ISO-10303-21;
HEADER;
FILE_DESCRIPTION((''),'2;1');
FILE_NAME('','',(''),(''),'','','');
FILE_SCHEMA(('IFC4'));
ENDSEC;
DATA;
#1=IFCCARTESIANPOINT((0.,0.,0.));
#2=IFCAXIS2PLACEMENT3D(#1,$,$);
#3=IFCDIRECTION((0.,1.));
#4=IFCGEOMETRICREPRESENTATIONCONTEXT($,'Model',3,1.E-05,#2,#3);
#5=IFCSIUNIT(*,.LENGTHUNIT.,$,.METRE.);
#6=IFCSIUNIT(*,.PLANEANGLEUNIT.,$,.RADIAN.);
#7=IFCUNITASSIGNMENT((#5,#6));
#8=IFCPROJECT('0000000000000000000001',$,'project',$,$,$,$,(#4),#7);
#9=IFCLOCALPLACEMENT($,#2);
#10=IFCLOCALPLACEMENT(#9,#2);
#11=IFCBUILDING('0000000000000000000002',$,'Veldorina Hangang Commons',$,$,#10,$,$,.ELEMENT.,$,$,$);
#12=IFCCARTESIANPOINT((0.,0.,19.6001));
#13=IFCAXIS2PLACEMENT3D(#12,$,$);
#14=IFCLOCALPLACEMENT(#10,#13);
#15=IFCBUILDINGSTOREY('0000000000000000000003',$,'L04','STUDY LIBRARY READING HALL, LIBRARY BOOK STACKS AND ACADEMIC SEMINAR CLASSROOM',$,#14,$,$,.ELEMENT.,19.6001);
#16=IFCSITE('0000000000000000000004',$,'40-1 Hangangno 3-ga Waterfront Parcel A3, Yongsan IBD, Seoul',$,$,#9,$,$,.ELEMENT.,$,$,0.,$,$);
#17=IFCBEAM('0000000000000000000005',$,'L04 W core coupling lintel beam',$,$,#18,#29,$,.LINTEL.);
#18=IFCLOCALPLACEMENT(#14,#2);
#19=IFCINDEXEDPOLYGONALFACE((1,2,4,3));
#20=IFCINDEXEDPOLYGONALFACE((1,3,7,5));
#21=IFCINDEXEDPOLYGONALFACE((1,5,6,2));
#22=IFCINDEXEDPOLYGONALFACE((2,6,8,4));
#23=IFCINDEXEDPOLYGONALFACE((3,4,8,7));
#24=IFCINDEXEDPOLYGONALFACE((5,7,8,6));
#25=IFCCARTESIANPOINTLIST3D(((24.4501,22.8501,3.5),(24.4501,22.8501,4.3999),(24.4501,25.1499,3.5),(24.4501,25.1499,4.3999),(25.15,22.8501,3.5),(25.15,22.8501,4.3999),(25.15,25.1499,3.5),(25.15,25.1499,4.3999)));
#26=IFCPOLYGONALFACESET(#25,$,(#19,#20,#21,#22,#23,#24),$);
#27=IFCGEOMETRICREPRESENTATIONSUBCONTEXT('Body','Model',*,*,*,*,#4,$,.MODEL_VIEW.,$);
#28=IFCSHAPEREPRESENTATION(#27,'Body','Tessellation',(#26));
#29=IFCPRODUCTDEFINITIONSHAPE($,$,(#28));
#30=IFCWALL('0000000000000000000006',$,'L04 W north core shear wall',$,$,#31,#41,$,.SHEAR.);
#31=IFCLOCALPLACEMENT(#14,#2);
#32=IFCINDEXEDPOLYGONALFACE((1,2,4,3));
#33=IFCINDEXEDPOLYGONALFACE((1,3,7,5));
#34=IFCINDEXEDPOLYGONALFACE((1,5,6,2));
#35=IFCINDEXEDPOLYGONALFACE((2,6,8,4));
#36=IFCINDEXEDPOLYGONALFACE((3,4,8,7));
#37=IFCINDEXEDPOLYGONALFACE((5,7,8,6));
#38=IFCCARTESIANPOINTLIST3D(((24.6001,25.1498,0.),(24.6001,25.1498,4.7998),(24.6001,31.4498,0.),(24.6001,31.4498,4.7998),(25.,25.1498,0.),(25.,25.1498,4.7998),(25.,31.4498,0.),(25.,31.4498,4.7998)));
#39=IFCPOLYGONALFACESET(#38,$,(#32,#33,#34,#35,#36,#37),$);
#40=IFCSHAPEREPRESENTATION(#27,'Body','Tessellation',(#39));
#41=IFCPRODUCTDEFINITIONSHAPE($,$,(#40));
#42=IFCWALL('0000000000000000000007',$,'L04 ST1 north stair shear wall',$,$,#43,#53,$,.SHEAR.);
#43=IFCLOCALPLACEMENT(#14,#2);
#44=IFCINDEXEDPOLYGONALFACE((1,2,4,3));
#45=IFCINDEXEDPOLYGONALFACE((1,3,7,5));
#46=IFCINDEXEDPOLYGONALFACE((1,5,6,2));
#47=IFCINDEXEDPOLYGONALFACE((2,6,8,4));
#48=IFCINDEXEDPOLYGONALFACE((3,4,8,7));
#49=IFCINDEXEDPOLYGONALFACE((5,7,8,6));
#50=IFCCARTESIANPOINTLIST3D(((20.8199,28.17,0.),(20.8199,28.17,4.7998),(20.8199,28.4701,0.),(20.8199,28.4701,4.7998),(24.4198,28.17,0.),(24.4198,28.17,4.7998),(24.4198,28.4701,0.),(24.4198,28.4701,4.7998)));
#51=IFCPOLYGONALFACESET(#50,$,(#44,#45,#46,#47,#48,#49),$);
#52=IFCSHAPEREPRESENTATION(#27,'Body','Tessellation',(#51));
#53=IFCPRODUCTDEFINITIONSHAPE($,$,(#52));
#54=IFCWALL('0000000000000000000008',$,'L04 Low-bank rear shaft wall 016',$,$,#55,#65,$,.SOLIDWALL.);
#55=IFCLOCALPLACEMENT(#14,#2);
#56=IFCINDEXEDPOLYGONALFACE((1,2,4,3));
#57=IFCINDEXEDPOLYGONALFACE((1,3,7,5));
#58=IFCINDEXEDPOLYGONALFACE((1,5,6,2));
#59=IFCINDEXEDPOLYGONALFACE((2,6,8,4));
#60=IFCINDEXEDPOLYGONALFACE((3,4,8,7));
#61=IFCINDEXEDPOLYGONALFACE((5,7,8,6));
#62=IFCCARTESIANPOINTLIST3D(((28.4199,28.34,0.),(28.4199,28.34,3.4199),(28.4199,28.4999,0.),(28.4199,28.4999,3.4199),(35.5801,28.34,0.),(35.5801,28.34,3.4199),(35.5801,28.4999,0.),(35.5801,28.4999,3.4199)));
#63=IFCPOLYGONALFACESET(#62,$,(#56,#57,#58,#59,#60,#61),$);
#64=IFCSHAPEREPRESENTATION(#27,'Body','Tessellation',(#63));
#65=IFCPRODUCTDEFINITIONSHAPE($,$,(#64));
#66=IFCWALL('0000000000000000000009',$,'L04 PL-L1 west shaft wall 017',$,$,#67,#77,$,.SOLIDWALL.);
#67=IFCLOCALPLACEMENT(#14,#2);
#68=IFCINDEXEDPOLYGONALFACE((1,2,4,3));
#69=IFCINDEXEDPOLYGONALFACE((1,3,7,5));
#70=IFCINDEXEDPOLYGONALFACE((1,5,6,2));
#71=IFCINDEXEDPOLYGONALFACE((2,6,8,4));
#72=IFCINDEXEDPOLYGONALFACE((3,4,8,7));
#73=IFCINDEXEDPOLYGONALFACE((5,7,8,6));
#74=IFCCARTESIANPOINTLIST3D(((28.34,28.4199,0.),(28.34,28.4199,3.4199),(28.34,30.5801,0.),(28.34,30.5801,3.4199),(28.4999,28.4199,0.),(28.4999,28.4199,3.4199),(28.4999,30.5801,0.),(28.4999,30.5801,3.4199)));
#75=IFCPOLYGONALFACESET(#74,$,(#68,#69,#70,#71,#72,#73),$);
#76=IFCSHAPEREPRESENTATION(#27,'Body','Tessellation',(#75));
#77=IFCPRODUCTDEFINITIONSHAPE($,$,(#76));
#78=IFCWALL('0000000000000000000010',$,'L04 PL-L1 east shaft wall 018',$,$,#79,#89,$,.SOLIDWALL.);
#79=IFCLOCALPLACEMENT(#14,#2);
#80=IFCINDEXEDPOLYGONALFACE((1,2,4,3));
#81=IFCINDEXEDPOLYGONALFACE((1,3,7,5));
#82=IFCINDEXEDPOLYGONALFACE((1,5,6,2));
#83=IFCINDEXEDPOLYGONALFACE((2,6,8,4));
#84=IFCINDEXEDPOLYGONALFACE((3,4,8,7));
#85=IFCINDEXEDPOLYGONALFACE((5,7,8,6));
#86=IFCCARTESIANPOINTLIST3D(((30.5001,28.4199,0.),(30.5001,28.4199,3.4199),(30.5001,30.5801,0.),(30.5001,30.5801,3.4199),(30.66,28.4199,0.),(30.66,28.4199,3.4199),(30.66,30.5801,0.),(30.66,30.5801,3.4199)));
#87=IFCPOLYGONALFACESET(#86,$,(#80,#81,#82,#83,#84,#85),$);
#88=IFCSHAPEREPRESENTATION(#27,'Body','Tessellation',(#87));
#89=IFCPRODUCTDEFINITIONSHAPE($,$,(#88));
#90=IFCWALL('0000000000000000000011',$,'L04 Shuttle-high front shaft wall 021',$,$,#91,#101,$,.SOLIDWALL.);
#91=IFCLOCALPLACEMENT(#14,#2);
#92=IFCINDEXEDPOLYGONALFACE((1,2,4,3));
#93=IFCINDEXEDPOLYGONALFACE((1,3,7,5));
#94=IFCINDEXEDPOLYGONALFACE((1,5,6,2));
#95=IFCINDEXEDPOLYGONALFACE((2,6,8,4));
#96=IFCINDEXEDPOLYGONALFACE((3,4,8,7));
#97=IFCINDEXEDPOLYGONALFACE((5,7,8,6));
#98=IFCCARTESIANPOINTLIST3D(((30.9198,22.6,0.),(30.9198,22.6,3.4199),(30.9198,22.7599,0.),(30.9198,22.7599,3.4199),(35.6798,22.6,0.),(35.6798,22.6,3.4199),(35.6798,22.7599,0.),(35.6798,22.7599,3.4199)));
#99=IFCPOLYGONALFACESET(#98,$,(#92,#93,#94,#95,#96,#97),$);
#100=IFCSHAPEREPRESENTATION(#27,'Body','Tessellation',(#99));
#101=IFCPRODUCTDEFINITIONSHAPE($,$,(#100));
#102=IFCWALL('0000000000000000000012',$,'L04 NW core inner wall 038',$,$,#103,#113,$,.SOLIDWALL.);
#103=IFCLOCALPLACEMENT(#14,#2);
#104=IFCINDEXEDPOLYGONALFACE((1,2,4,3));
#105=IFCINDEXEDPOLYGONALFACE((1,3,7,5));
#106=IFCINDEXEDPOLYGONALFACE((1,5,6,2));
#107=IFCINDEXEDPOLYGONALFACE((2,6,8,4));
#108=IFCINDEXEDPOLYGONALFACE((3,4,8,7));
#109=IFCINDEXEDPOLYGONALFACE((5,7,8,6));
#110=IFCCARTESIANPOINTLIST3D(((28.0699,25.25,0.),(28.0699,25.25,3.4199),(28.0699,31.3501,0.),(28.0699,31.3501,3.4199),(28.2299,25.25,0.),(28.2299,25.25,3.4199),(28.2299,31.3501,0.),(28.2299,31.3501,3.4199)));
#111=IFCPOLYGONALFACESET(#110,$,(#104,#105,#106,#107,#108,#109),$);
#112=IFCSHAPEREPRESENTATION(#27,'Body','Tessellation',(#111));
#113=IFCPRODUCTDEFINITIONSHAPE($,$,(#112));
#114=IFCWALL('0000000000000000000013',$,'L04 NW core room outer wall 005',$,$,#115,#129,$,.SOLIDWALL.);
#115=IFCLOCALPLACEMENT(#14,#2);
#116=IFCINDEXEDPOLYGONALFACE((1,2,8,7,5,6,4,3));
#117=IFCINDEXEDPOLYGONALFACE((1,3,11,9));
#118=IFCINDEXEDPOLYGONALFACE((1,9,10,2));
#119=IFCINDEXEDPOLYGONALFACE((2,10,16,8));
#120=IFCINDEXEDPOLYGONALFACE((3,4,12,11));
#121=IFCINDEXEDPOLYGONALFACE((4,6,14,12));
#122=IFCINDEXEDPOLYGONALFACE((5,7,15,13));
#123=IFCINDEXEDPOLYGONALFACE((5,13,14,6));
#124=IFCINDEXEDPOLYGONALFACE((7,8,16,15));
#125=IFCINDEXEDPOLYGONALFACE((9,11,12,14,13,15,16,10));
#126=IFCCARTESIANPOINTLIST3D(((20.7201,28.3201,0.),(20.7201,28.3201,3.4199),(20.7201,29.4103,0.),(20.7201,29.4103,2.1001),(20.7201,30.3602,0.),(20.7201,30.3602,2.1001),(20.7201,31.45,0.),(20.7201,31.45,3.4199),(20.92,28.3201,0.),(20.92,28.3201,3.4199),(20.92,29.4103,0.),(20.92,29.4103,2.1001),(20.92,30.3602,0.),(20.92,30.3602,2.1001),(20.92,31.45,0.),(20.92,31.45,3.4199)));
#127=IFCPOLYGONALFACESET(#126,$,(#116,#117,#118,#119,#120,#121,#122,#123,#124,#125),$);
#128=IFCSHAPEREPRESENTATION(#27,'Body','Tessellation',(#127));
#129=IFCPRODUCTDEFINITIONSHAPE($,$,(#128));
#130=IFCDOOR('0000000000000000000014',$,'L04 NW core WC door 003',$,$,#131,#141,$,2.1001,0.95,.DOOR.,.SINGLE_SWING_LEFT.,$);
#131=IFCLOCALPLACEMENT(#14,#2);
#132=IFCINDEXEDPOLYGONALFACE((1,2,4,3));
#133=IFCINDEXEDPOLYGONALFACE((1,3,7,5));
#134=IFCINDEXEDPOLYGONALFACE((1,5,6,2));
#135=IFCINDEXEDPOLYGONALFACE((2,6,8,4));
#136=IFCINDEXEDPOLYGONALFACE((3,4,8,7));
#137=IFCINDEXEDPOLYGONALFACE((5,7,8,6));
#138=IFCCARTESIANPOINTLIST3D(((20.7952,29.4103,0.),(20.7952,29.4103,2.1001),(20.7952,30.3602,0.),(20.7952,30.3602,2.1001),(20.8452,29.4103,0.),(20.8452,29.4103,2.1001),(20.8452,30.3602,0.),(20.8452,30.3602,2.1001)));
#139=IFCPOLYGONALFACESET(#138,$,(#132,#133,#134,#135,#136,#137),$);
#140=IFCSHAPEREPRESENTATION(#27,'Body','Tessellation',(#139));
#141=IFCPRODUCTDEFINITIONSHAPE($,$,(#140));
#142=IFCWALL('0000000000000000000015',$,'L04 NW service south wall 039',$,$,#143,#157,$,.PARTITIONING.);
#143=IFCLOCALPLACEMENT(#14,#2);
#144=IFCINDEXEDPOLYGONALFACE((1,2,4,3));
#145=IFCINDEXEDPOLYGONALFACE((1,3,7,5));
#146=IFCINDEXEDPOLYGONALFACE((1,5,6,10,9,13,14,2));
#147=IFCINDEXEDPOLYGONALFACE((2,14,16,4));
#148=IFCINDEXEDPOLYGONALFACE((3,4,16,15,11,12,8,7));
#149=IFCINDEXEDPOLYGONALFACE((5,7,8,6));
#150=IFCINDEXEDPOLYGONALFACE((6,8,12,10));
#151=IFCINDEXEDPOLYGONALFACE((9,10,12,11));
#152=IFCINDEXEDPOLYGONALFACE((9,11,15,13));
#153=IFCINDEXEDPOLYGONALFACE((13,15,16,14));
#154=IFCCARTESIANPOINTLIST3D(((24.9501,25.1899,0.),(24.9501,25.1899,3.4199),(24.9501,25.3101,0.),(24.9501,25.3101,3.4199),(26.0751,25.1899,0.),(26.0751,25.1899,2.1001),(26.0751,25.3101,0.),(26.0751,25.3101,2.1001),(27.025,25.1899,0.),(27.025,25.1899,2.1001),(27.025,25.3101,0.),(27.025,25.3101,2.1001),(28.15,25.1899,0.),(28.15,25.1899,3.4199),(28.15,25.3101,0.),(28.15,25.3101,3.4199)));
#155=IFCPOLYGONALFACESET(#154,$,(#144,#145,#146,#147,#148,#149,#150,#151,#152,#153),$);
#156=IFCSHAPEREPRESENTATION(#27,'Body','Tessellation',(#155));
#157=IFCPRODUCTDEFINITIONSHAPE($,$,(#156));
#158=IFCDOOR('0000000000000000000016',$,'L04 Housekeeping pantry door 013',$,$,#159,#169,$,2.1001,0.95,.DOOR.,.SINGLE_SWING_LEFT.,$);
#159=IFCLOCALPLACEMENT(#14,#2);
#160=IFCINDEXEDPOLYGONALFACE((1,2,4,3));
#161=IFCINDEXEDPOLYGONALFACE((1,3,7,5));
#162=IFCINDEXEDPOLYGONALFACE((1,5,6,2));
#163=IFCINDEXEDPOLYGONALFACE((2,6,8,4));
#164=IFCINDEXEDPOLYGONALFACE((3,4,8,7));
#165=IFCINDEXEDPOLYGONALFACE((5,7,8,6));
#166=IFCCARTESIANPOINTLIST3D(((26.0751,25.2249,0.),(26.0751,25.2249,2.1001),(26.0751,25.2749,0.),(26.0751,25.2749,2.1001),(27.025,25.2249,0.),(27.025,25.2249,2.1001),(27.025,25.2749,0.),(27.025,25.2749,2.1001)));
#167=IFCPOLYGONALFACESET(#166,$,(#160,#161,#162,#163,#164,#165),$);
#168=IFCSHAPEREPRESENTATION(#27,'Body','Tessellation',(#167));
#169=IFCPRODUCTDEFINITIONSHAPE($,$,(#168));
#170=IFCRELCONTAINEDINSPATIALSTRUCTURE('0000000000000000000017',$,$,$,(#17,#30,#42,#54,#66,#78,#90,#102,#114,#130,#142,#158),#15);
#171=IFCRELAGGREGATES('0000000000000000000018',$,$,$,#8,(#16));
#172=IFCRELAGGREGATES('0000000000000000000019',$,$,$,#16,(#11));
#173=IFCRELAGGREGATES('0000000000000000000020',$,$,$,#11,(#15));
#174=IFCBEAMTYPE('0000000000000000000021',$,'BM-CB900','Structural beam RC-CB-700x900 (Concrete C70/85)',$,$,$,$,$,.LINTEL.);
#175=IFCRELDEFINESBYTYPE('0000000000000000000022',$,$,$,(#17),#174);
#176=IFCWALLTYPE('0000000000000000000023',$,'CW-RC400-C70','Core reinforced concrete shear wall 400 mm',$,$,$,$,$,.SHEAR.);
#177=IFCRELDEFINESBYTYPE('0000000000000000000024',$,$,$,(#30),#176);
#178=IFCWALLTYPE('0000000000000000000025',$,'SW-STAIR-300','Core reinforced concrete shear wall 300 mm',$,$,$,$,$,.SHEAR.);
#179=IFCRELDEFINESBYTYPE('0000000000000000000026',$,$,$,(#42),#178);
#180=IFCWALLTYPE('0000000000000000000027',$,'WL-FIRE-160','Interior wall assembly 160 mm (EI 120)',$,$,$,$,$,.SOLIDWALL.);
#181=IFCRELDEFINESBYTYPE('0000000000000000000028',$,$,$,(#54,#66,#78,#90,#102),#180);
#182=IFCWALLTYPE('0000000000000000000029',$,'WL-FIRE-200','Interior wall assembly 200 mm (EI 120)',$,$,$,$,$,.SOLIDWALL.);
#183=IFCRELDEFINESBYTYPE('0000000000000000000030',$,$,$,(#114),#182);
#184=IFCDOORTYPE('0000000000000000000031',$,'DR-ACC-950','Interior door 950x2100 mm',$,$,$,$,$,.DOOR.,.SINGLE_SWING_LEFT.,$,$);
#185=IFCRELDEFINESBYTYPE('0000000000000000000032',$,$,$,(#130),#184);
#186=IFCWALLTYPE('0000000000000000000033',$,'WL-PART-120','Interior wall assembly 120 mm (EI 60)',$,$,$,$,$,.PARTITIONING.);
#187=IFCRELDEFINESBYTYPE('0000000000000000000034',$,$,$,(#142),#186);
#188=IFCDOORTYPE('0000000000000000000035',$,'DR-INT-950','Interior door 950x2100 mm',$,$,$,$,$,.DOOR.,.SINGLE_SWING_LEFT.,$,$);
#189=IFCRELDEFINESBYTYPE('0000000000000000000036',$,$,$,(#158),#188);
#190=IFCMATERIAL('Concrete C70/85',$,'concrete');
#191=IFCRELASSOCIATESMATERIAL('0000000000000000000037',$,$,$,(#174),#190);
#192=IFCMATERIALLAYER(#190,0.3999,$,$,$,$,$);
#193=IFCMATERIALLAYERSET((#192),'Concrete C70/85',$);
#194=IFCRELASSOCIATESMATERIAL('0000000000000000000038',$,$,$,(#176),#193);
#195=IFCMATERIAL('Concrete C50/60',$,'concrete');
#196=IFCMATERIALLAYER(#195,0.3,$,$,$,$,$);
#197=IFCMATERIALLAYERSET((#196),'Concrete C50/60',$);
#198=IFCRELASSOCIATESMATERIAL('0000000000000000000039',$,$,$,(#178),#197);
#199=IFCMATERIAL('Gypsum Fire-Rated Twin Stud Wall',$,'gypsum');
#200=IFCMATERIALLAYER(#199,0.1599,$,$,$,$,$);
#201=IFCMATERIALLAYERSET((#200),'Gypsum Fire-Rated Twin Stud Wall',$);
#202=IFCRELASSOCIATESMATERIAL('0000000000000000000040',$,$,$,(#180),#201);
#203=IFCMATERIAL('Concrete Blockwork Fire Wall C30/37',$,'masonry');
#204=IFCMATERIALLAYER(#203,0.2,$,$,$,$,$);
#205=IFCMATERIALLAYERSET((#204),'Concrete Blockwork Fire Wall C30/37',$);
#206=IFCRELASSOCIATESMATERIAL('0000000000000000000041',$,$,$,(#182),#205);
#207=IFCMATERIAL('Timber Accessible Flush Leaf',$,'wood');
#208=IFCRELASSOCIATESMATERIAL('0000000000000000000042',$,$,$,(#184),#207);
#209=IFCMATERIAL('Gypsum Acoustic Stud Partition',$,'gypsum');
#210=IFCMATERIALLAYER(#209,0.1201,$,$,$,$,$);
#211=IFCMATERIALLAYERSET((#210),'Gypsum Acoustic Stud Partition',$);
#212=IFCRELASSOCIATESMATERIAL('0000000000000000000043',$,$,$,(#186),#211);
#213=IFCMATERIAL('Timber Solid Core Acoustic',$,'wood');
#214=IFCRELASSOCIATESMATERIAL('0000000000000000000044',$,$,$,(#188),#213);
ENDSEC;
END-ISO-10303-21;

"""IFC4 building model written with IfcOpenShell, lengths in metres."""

from ifc_helpers import new_model, si_unit, direction, frame, frame_2d, origin, origin_2d, place, context, subcontext, project, spatial, rectangle, extrude, material, layer, layer_set, material_profile, profile_set, type_object, element, fill, save


model = new_model("IFC4")

# Units and contexts
model_context = context("Model", 3, precision=1e-05, world=origin(), true_north=direction((0.0, 1.0)))
body_context = subcontext(model_context, "Body", "Model", "MODEL_VIEW")
ifc_project = project(units=[si_unit("LENGTHUNIT", "METRE"), si_unit("PLANEANGLEUNIT", "RADIAN")], contexts=[model_context])

# Site, building, storey
site_placement = place(None, origin())
site = spatial("IfcSite", under=ifc_project, at=site_placement, Name="40-1 Hangangno 3-ga Waterfront Parcel A3, Yongsan IBD, Seoul", CompositionType="ELEMENT", RefElevation=0.0)
building_placement = place(site_placement, origin())
building = spatial("IfcBuilding", under=site, at=building_placement, Name="Veldorina Hangang Commons", CompositionType="ELEMENT")
storey_placement = place(building_placement, frame((0.0, 0.0, 19.6001)))
storey = spatial("IfcBuildingStorey", under=building, at=storey_placement, Name="L04", Description="STUDY LIBRARY READING HALL, LIBRARY BOOK STACKS AND ACADEMIC SEMINAR CLASSROOM", CompositionType="ELEMENT", Elevation=19.6001)

# Beam
ifc_material_1 = material(Name="Concrete C70/85", Category="concrete")
ifc_material_profile = material_profile(ifc_material_1, rectangle(XDim=0.7, YDim=0.8999, at=origin_2d()), Name="RC-CB-700x900")
ifc_profile_set = profile_set([ifc_material_profile], Name="Concrete C70/85")
beam_type = type_object("IfcBeamType", Name="BM-CB900", Description="Structural beam RC-CB-700x900 (Concrete C70/85)", PredefinedType="LINTEL", material=ifc_profile_set)
beam_placement = place(storey_placement, frame((24.8, 22.8501, 3.95), z_axis=(0.0, 1.0, 0.0), x_axis=(-1.0, 0.0, 0.0)))
element("IfcBeam", 1, at=beam_placement, inside=storey, type_object=beam_type, Name="L04 W core coupling lintel beam", PredefinedType="LINTEL", context=body_context, shape_type="SweptSolid", body=[
    extrude(rectangle(XDim=0.7, YDim=0.8999, at=origin_2d()), origin(), (0.0, 0.0, 1.0), 2.2998),
])

# Walls
ifc_layer_1 = layer(ifc_material_1, 0.3999)
ifc_layer_set_1 = layer_set([ifc_layer_1], Name="Concrete C70/85")
wall_type_1 = type_object("IfcWallType", Name="CW-RC400-C70", Description="Core reinforced concrete shear wall 400 mm", PredefinedType="SHEAR", material=ifc_layer_set_1)
wall_1_placement = place(storey_placement, frame((24.8, 25.1499, 0.0), z_axis=(0.0, 0.0, 1.0), x_axis=(0.0, 1.0, 0.0)))
element("IfcWall", 2, at=wall_1_placement, inside=storey, type_object=wall_type_1, Name="L04 W north core shear wall", PredefinedType="SHEAR", context=body_context, shape_type="SweptSolid", body=[
    extrude(rectangle(XDim=6.3, YDim=0.3999, at=frame_2d((3.1499, 0.0))), origin(), (0.0, 0.0, 1.0), 4.7998),
])
ifc_material_2 = material(Name="Concrete C50/60", Category="concrete")
ifc_layer_2 = layer(ifc_material_2, 0.3)
ifc_layer_set_2 = layer_set([ifc_layer_2], Name="Concrete C50/60")
wall_type_2 = type_object("IfcWallType", Name="SW-STAIR-300", Description="Core reinforced concrete shear wall 300 mm", PredefinedType="SHEAR", material=ifc_layer_set_2)
wall_2_placement = place(storey_placement, frame((20.8201, 28.3201, 0.0), z_axis=(0.0, 0.0, 1.0), x_axis=(1.0, 0.0, 0.0)))
element("IfcWall", 3, at=wall_2_placement, inside=storey, type_object=wall_type_2, Name="L04 ST1 north stair shear wall", PredefinedType="SHEAR", context=body_context, shape_type="SweptSolid", body=[
    extrude(rectangle(XDim=3.5999, YDim=0.3, at=frame_2d((1.7998, 0.0))), origin(), (0.0, 0.0, 1.0), 4.7998),
])
ifc_material_3 = material(Name="Gypsum Fire-Rated Twin Stud Wall", Category="gypsum")
ifc_layer_3 = layer(ifc_material_3, 0.1599)
ifc_layer_set_3 = layer_set([ifc_layer_3], Name="Gypsum Fire-Rated Twin Stud Wall")
wall_type_3 = type_object("IfcWallType", Name="WL-FIRE-160", Description="Interior wall assembly 160 mm (EI 120)", PredefinedType="SOLIDWALL", material=ifc_layer_set_3)
wall_3_placement = place(storey_placement, frame((28.4199, 28.4199, 0.0), z_axis=(0.0, 0.0, 1.0), x_axis=(1.0, 0.0, 0.0)))
element("IfcWall", 4, at=wall_3_placement, inside=storey, type_object=wall_type_3, Name="L04 Low-bank rear shaft wall 016", PredefinedType="SOLIDWALL", context=body_context, shape_type="SweptSolid", body=[
    extrude(rectangle(XDim=7.1602, YDim=0.1599, at=frame_2d((3.5801, 0.0))), origin(), (0.0, 0.0, 1.0), 3.4199),
])
for number, where, z_axis, x_axis, name in (
    (5, (28.4199, 28.4199, 0.0), (0.0, 0.0, 1.0), (0.0, 1.0, 0.0), "L04 PL-L1 west shaft wall 017"),
    (6, (30.5801, 28.4199, 0.0), (0.0, 0.0, 1.0), (0.0, 1.0, 0.0), "L04 PL-L1 east shaft wall 018"),
):
    element("IfcWall", number, at=place(storey_placement, frame(where, z_axis=z_axis, x_axis=x_axis)), inside=storey, type_object=wall_type_3, Name=name, PredefinedType="SOLIDWALL", context=body_context, shape_type="SweptSolid", body=[
        extrude(rectangle(XDim=2.1602, YDim=0.1599, at=frame_2d((1.0801, 0.0))), origin(), (0.0, 0.0, 1.0), 3.4199),
    ])
wall_4_placement = place(storey_placement, frame((30.9199, 22.6799, 0.0), z_axis=(0.0, 0.0, 1.0), x_axis=(1.0, 0.0, 0.0)))
element("IfcWall", 7, at=wall_4_placement, inside=storey, type_object=wall_type_3, Name="L04 Shuttle-high front shaft wall 021", PredefinedType="SOLIDWALL", context=body_context, shape_type="SweptSolid", body=[
    extrude(rectangle(XDim=4.76, YDim=0.1599, at=frame_2d((2.3799, 0.0))), origin(), (0.0, 0.0, 1.0), 3.4199),
])
wall_5_placement = place(storey_placement, frame((28.1499, 25.25, 0.0), z_axis=(0.0, 0.0, 1.0), x_axis=(0.0, 1.0, 0.0)))
element("IfcWall", 8, at=wall_5_placement, inside=storey, type_object=wall_type_3, Name="L04 NW core inner wall 038", PredefinedType="SOLIDWALL", context=body_context, shape_type="SweptSolid", body=[
    extrude(rectangle(XDim=6.1001, YDim=0.1599, at=frame_2d((3.05, 0.0))), origin(), (0.0, 0.0, 1.0), 3.4199),
])

# Walls, openings, doors
ifc_material_4 = material(Name="Concrete Blockwork Fire Wall C30/37", Category="masonry")
ifc_layer_4 = layer(ifc_material_4, 0.2)
ifc_layer_set_4 = layer_set([ifc_layer_4], Name="Concrete Blockwork Fire Wall C30/37")
wall_type_4 = type_object("IfcWallType", Name="WL-FIRE-200", Description="Interior wall assembly 200 mm (EI 120)", PredefinedType="SOLIDWALL", material=ifc_layer_set_4)
wall_6_placement = place(storey_placement, frame((20.8201, 28.3201, 0.0), z_axis=(0.0, 0.0, 1.0), x_axis=(0.0, 1.0, 0.0)))
wall_6 = element("IfcWall", 9, at=wall_6_placement, inside=storey, type_object=wall_type_4, Name="L04 NW core room outer wall 005", PredefinedType="SOLIDWALL", context=body_context, shape_type="SweptSolid", body=[
    extrude(rectangle(XDim=3.1299, YDim=0.2, at=frame_2d((1.5649, 0.0))), origin(), (0.0, 0.0, 1.0), 3.4199),
])
opening_1_placement = place(wall_6_placement, frame((1.0901, 0.0, 0.0)))
opening_1 = element("IfcOpeningElement", 10, at=opening_1_placement, cuts=wall_6, PredefinedType="OPENING", context=body_context, shape_type="SweptSolid", body=[
    extrude(rectangle(XDim=0.95, YDim=2.1001, at=frame_2d((0.4751, 1.05))), frame((0.0, 0.1099, 0.0), z_axis=(0.0, -1.0, 0.0), x_axis=(1.0, 0.0, 0.0)), (0.0, 0.0, 1.0), 0.22),
])
ifc_material_5 = material(Name="Timber Accessible Flush Leaf", Category="wood")
door_type_1 = type_object("IfcDoorType", Name="DR-ACC-950", Description="Interior door 950x2100 mm", OperationType="SINGLE_SWING_LEFT", PredefinedType="DOOR", material=ifc_material_5)
door_1_placement = place(opening_1_placement, origin())
door_1 = element("IfcDoor", 11, at=door_1_placement, inside=storey, type_object=door_type_1, Name="L04 NW core WC door 003", OperationType="SINGLE_SWING_LEFT", OverallHeight=2.1001, OverallWidth=0.95, PredefinedType="DOOR", context=body_context, shape_type="SweptSolid", body=[
    extrude(rectangle(XDim=0.95, YDim=2.1001, at=frame_2d((0.4751, 1.05))), frame((0.0, 0.0249, 0.0), z_axis=(0.0, -1.0, 0.0), x_axis=(1.0, 0.0, 0.0)), (0.0, 0.0, 1.0), 0.05),
])
fill(opening_1, door_1)
ifc_material_6 = material(Name="Gypsum Acoustic Stud Partition", Category="gypsum")
ifc_layer_5 = layer(ifc_material_6, 0.1201)
ifc_layer_set_5 = layer_set([ifc_layer_5], Name="Gypsum Acoustic Stud Partition")
wall_type_5 = type_object("IfcWallType", Name="WL-PART-120", Description="Interior wall assembly 120 mm (EI 60)", PredefinedType="PARTITIONING", material=ifc_layer_set_5)
wall_7_placement = place(storey_placement, frame((24.95, 25.25, 0.0), z_axis=(0.0, 0.0, 1.0), x_axis=(1.0, 0.0, 0.0)))
wall_7 = element("IfcWall", 12, at=wall_7_placement, inside=storey, type_object=wall_type_5, Name="L04 NW service south wall 039", PredefinedType="PARTITIONING", context=body_context, shape_type="SweptSolid", body=[
    extrude(rectangle(XDim=3.2, YDim=0.1201, at=frame_2d((1.6001, 0.0))), origin(), (0.0, 0.0, 1.0), 3.4199),
])
opening_2_placement = place(wall_7_placement, frame((1.125, 0.0, 0.0)))
opening_2 = element("IfcOpeningElement", 13, at=opening_2_placement, cuts=wall_7, PredefinedType="OPENING", context=body_context, shape_type="SweptSolid", body=[
    extrude(rectangle(XDim=0.95, YDim=2.1001, at=frame_2d((0.4751, 1.05))), frame((0.0, 0.0701, 0.0), z_axis=(0.0, -1.0, 0.0), x_axis=(1.0, 0.0, 0.0)), (0.0, 0.0, 1.0), 0.1401),
])
ifc_material_7 = material(Name="Timber Solid Core Acoustic", Category="wood")
door_type_2 = type_object("IfcDoorType", Name="DR-INT-950", Description="Interior door 950x2100 mm", OperationType="SINGLE_SWING_LEFT", PredefinedType="DOOR", material=ifc_material_7)
door_2_placement = place(opening_2_placement, origin())
door_2 = element("IfcDoor", 14, at=door_2_placement, inside=storey, type_object=door_type_2, Name="L04 Housekeeping pantry door 013", OperationType="SINGLE_SWING_LEFT", OverallHeight=2.1001, OverallWidth=0.95, PredefinedType="DOOR", context=body_context, shape_type="SweptSolid", body=[
    extrude(rectangle(XDim=0.95, YDim=2.1001, at=frame_2d((0.4751, 1.05))), frame((0.0, 0.0249, 0.0), z_axis=(0.0, -1.0, 0.0), x_axis=(1.0, 0.0, 0.0)), (0.0, 0.0, 1.0), 0.05),
])
fill(opening_2, door_2)

save(model, "model.ifc")
